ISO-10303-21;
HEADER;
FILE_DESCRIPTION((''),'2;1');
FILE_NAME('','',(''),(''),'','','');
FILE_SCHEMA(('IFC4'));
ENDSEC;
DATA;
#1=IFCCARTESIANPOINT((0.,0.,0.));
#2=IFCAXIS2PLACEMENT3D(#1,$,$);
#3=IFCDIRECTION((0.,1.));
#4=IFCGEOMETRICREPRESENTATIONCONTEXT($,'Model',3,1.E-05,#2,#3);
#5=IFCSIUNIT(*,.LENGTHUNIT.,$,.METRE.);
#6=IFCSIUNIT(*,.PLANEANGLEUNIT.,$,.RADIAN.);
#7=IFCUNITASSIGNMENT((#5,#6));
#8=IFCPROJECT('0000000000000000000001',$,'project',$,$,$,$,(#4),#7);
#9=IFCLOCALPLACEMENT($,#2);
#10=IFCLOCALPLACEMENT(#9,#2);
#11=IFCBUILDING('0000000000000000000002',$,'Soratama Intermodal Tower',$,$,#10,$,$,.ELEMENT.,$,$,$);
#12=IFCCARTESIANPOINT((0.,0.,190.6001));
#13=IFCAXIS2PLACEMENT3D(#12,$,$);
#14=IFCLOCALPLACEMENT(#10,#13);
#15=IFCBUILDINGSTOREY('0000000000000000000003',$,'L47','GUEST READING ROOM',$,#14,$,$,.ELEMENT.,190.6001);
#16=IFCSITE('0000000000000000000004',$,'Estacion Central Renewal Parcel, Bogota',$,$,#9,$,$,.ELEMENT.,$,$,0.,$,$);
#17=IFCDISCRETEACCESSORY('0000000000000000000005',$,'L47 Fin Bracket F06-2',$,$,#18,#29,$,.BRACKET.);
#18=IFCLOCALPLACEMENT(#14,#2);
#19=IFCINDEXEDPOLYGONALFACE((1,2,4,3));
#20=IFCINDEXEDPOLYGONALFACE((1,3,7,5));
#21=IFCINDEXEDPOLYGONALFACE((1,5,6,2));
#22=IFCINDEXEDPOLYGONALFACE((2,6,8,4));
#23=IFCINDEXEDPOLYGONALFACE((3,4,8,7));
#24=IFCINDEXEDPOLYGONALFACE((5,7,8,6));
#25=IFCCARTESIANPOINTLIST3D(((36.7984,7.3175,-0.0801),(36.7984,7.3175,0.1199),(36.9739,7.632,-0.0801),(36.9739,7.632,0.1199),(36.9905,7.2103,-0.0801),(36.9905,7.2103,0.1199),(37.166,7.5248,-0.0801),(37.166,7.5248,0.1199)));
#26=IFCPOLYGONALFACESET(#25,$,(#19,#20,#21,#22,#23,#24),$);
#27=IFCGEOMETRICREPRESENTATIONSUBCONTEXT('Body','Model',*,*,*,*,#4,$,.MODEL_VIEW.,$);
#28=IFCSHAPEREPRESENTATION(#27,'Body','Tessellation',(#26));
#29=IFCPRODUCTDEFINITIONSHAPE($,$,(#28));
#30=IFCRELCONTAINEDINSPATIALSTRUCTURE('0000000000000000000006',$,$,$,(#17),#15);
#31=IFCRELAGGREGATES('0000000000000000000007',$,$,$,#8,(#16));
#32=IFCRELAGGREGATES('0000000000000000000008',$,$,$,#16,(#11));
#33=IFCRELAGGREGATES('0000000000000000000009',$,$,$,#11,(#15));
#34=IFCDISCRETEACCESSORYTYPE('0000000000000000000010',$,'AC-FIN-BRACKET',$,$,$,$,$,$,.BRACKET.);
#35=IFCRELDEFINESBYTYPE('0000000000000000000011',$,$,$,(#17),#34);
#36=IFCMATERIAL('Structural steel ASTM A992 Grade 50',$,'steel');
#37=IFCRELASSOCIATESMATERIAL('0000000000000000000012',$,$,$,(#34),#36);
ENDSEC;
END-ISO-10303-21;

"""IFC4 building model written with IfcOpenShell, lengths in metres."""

from ifc_helpers import new_model, si_unit, direction, frame, origin, origin_2d, place, context, subcontext, project, spatial, rectangle, extrude, material, type_object, element, save


model = new_model("IFC4")

# Units and contexts
model_context = context("Model", 3, precision=1e-05, world=origin(), true_north=direction((0.0, 1.0)))
body_context = subcontext(model_context, "Body", "Model", "MODEL_VIEW")
ifc_project = project(units=[si_unit("LENGTHUNIT", "METRE"), si_unit("PLANEANGLEUNIT", "RADIAN")], contexts=[model_context])

# Site, building, storey
site_placement = place(None, origin())
site = spatial("IfcSite", under=ifc_project, at=site_placement, Name="Estacion Central Renewal Parcel, Bogota", CompositionType="ELEMENT", RefElevation=0.0)
building_placement = place(site_placement, origin())
building = spatial("IfcBuilding", under=site, at=building_placement, Name="Soratama Intermodal Tower", CompositionType="ELEMENT")
storey_placement = place(building_placement, frame((0.0, 0.0, 190.6001)))
storey = spatial("IfcBuildingStorey", under=building, at=storey_placement, Name="L47", Description="GUEST READING ROOM", CompositionType="ELEMENT", Elevation=190.6001)

# Discrete accessory
ifc_material_1 = material(Name="Structural steel ASTM A992 Grade 50", Category="steel")
discrete_accessory_type = type_object("IfcDiscreteAccessoryType", Name="AC-FIN-BRACKET", PredefinedType="BRACKET", material=ifc_material_1)
for number, where, z_axis, x_axis, name in (
    (1, (36.9822, 7.4211, -0.0801), (0.0, 0.0, 1.0), (-0.48725, -0.873262, 0.0), "L47 Fin Bracket F06-2"),
):
    element("IfcDiscreteAccessory", number, at=place(storey_placement, frame(where, z_axis=z_axis, x_axis=x_axis)), inside=storey, type_object=discrete_accessory_type, Name=name, PredefinedType="BRACKET", context=body_context, shape_type="SweptSolid", body=[
        extrude(rectangle(XDim=0.3601, YDim=0.22, at=origin_2d()), origin(), (0.0, 0.0, 1.0), 0.2),
    ])

save(model, "model.ifc")
